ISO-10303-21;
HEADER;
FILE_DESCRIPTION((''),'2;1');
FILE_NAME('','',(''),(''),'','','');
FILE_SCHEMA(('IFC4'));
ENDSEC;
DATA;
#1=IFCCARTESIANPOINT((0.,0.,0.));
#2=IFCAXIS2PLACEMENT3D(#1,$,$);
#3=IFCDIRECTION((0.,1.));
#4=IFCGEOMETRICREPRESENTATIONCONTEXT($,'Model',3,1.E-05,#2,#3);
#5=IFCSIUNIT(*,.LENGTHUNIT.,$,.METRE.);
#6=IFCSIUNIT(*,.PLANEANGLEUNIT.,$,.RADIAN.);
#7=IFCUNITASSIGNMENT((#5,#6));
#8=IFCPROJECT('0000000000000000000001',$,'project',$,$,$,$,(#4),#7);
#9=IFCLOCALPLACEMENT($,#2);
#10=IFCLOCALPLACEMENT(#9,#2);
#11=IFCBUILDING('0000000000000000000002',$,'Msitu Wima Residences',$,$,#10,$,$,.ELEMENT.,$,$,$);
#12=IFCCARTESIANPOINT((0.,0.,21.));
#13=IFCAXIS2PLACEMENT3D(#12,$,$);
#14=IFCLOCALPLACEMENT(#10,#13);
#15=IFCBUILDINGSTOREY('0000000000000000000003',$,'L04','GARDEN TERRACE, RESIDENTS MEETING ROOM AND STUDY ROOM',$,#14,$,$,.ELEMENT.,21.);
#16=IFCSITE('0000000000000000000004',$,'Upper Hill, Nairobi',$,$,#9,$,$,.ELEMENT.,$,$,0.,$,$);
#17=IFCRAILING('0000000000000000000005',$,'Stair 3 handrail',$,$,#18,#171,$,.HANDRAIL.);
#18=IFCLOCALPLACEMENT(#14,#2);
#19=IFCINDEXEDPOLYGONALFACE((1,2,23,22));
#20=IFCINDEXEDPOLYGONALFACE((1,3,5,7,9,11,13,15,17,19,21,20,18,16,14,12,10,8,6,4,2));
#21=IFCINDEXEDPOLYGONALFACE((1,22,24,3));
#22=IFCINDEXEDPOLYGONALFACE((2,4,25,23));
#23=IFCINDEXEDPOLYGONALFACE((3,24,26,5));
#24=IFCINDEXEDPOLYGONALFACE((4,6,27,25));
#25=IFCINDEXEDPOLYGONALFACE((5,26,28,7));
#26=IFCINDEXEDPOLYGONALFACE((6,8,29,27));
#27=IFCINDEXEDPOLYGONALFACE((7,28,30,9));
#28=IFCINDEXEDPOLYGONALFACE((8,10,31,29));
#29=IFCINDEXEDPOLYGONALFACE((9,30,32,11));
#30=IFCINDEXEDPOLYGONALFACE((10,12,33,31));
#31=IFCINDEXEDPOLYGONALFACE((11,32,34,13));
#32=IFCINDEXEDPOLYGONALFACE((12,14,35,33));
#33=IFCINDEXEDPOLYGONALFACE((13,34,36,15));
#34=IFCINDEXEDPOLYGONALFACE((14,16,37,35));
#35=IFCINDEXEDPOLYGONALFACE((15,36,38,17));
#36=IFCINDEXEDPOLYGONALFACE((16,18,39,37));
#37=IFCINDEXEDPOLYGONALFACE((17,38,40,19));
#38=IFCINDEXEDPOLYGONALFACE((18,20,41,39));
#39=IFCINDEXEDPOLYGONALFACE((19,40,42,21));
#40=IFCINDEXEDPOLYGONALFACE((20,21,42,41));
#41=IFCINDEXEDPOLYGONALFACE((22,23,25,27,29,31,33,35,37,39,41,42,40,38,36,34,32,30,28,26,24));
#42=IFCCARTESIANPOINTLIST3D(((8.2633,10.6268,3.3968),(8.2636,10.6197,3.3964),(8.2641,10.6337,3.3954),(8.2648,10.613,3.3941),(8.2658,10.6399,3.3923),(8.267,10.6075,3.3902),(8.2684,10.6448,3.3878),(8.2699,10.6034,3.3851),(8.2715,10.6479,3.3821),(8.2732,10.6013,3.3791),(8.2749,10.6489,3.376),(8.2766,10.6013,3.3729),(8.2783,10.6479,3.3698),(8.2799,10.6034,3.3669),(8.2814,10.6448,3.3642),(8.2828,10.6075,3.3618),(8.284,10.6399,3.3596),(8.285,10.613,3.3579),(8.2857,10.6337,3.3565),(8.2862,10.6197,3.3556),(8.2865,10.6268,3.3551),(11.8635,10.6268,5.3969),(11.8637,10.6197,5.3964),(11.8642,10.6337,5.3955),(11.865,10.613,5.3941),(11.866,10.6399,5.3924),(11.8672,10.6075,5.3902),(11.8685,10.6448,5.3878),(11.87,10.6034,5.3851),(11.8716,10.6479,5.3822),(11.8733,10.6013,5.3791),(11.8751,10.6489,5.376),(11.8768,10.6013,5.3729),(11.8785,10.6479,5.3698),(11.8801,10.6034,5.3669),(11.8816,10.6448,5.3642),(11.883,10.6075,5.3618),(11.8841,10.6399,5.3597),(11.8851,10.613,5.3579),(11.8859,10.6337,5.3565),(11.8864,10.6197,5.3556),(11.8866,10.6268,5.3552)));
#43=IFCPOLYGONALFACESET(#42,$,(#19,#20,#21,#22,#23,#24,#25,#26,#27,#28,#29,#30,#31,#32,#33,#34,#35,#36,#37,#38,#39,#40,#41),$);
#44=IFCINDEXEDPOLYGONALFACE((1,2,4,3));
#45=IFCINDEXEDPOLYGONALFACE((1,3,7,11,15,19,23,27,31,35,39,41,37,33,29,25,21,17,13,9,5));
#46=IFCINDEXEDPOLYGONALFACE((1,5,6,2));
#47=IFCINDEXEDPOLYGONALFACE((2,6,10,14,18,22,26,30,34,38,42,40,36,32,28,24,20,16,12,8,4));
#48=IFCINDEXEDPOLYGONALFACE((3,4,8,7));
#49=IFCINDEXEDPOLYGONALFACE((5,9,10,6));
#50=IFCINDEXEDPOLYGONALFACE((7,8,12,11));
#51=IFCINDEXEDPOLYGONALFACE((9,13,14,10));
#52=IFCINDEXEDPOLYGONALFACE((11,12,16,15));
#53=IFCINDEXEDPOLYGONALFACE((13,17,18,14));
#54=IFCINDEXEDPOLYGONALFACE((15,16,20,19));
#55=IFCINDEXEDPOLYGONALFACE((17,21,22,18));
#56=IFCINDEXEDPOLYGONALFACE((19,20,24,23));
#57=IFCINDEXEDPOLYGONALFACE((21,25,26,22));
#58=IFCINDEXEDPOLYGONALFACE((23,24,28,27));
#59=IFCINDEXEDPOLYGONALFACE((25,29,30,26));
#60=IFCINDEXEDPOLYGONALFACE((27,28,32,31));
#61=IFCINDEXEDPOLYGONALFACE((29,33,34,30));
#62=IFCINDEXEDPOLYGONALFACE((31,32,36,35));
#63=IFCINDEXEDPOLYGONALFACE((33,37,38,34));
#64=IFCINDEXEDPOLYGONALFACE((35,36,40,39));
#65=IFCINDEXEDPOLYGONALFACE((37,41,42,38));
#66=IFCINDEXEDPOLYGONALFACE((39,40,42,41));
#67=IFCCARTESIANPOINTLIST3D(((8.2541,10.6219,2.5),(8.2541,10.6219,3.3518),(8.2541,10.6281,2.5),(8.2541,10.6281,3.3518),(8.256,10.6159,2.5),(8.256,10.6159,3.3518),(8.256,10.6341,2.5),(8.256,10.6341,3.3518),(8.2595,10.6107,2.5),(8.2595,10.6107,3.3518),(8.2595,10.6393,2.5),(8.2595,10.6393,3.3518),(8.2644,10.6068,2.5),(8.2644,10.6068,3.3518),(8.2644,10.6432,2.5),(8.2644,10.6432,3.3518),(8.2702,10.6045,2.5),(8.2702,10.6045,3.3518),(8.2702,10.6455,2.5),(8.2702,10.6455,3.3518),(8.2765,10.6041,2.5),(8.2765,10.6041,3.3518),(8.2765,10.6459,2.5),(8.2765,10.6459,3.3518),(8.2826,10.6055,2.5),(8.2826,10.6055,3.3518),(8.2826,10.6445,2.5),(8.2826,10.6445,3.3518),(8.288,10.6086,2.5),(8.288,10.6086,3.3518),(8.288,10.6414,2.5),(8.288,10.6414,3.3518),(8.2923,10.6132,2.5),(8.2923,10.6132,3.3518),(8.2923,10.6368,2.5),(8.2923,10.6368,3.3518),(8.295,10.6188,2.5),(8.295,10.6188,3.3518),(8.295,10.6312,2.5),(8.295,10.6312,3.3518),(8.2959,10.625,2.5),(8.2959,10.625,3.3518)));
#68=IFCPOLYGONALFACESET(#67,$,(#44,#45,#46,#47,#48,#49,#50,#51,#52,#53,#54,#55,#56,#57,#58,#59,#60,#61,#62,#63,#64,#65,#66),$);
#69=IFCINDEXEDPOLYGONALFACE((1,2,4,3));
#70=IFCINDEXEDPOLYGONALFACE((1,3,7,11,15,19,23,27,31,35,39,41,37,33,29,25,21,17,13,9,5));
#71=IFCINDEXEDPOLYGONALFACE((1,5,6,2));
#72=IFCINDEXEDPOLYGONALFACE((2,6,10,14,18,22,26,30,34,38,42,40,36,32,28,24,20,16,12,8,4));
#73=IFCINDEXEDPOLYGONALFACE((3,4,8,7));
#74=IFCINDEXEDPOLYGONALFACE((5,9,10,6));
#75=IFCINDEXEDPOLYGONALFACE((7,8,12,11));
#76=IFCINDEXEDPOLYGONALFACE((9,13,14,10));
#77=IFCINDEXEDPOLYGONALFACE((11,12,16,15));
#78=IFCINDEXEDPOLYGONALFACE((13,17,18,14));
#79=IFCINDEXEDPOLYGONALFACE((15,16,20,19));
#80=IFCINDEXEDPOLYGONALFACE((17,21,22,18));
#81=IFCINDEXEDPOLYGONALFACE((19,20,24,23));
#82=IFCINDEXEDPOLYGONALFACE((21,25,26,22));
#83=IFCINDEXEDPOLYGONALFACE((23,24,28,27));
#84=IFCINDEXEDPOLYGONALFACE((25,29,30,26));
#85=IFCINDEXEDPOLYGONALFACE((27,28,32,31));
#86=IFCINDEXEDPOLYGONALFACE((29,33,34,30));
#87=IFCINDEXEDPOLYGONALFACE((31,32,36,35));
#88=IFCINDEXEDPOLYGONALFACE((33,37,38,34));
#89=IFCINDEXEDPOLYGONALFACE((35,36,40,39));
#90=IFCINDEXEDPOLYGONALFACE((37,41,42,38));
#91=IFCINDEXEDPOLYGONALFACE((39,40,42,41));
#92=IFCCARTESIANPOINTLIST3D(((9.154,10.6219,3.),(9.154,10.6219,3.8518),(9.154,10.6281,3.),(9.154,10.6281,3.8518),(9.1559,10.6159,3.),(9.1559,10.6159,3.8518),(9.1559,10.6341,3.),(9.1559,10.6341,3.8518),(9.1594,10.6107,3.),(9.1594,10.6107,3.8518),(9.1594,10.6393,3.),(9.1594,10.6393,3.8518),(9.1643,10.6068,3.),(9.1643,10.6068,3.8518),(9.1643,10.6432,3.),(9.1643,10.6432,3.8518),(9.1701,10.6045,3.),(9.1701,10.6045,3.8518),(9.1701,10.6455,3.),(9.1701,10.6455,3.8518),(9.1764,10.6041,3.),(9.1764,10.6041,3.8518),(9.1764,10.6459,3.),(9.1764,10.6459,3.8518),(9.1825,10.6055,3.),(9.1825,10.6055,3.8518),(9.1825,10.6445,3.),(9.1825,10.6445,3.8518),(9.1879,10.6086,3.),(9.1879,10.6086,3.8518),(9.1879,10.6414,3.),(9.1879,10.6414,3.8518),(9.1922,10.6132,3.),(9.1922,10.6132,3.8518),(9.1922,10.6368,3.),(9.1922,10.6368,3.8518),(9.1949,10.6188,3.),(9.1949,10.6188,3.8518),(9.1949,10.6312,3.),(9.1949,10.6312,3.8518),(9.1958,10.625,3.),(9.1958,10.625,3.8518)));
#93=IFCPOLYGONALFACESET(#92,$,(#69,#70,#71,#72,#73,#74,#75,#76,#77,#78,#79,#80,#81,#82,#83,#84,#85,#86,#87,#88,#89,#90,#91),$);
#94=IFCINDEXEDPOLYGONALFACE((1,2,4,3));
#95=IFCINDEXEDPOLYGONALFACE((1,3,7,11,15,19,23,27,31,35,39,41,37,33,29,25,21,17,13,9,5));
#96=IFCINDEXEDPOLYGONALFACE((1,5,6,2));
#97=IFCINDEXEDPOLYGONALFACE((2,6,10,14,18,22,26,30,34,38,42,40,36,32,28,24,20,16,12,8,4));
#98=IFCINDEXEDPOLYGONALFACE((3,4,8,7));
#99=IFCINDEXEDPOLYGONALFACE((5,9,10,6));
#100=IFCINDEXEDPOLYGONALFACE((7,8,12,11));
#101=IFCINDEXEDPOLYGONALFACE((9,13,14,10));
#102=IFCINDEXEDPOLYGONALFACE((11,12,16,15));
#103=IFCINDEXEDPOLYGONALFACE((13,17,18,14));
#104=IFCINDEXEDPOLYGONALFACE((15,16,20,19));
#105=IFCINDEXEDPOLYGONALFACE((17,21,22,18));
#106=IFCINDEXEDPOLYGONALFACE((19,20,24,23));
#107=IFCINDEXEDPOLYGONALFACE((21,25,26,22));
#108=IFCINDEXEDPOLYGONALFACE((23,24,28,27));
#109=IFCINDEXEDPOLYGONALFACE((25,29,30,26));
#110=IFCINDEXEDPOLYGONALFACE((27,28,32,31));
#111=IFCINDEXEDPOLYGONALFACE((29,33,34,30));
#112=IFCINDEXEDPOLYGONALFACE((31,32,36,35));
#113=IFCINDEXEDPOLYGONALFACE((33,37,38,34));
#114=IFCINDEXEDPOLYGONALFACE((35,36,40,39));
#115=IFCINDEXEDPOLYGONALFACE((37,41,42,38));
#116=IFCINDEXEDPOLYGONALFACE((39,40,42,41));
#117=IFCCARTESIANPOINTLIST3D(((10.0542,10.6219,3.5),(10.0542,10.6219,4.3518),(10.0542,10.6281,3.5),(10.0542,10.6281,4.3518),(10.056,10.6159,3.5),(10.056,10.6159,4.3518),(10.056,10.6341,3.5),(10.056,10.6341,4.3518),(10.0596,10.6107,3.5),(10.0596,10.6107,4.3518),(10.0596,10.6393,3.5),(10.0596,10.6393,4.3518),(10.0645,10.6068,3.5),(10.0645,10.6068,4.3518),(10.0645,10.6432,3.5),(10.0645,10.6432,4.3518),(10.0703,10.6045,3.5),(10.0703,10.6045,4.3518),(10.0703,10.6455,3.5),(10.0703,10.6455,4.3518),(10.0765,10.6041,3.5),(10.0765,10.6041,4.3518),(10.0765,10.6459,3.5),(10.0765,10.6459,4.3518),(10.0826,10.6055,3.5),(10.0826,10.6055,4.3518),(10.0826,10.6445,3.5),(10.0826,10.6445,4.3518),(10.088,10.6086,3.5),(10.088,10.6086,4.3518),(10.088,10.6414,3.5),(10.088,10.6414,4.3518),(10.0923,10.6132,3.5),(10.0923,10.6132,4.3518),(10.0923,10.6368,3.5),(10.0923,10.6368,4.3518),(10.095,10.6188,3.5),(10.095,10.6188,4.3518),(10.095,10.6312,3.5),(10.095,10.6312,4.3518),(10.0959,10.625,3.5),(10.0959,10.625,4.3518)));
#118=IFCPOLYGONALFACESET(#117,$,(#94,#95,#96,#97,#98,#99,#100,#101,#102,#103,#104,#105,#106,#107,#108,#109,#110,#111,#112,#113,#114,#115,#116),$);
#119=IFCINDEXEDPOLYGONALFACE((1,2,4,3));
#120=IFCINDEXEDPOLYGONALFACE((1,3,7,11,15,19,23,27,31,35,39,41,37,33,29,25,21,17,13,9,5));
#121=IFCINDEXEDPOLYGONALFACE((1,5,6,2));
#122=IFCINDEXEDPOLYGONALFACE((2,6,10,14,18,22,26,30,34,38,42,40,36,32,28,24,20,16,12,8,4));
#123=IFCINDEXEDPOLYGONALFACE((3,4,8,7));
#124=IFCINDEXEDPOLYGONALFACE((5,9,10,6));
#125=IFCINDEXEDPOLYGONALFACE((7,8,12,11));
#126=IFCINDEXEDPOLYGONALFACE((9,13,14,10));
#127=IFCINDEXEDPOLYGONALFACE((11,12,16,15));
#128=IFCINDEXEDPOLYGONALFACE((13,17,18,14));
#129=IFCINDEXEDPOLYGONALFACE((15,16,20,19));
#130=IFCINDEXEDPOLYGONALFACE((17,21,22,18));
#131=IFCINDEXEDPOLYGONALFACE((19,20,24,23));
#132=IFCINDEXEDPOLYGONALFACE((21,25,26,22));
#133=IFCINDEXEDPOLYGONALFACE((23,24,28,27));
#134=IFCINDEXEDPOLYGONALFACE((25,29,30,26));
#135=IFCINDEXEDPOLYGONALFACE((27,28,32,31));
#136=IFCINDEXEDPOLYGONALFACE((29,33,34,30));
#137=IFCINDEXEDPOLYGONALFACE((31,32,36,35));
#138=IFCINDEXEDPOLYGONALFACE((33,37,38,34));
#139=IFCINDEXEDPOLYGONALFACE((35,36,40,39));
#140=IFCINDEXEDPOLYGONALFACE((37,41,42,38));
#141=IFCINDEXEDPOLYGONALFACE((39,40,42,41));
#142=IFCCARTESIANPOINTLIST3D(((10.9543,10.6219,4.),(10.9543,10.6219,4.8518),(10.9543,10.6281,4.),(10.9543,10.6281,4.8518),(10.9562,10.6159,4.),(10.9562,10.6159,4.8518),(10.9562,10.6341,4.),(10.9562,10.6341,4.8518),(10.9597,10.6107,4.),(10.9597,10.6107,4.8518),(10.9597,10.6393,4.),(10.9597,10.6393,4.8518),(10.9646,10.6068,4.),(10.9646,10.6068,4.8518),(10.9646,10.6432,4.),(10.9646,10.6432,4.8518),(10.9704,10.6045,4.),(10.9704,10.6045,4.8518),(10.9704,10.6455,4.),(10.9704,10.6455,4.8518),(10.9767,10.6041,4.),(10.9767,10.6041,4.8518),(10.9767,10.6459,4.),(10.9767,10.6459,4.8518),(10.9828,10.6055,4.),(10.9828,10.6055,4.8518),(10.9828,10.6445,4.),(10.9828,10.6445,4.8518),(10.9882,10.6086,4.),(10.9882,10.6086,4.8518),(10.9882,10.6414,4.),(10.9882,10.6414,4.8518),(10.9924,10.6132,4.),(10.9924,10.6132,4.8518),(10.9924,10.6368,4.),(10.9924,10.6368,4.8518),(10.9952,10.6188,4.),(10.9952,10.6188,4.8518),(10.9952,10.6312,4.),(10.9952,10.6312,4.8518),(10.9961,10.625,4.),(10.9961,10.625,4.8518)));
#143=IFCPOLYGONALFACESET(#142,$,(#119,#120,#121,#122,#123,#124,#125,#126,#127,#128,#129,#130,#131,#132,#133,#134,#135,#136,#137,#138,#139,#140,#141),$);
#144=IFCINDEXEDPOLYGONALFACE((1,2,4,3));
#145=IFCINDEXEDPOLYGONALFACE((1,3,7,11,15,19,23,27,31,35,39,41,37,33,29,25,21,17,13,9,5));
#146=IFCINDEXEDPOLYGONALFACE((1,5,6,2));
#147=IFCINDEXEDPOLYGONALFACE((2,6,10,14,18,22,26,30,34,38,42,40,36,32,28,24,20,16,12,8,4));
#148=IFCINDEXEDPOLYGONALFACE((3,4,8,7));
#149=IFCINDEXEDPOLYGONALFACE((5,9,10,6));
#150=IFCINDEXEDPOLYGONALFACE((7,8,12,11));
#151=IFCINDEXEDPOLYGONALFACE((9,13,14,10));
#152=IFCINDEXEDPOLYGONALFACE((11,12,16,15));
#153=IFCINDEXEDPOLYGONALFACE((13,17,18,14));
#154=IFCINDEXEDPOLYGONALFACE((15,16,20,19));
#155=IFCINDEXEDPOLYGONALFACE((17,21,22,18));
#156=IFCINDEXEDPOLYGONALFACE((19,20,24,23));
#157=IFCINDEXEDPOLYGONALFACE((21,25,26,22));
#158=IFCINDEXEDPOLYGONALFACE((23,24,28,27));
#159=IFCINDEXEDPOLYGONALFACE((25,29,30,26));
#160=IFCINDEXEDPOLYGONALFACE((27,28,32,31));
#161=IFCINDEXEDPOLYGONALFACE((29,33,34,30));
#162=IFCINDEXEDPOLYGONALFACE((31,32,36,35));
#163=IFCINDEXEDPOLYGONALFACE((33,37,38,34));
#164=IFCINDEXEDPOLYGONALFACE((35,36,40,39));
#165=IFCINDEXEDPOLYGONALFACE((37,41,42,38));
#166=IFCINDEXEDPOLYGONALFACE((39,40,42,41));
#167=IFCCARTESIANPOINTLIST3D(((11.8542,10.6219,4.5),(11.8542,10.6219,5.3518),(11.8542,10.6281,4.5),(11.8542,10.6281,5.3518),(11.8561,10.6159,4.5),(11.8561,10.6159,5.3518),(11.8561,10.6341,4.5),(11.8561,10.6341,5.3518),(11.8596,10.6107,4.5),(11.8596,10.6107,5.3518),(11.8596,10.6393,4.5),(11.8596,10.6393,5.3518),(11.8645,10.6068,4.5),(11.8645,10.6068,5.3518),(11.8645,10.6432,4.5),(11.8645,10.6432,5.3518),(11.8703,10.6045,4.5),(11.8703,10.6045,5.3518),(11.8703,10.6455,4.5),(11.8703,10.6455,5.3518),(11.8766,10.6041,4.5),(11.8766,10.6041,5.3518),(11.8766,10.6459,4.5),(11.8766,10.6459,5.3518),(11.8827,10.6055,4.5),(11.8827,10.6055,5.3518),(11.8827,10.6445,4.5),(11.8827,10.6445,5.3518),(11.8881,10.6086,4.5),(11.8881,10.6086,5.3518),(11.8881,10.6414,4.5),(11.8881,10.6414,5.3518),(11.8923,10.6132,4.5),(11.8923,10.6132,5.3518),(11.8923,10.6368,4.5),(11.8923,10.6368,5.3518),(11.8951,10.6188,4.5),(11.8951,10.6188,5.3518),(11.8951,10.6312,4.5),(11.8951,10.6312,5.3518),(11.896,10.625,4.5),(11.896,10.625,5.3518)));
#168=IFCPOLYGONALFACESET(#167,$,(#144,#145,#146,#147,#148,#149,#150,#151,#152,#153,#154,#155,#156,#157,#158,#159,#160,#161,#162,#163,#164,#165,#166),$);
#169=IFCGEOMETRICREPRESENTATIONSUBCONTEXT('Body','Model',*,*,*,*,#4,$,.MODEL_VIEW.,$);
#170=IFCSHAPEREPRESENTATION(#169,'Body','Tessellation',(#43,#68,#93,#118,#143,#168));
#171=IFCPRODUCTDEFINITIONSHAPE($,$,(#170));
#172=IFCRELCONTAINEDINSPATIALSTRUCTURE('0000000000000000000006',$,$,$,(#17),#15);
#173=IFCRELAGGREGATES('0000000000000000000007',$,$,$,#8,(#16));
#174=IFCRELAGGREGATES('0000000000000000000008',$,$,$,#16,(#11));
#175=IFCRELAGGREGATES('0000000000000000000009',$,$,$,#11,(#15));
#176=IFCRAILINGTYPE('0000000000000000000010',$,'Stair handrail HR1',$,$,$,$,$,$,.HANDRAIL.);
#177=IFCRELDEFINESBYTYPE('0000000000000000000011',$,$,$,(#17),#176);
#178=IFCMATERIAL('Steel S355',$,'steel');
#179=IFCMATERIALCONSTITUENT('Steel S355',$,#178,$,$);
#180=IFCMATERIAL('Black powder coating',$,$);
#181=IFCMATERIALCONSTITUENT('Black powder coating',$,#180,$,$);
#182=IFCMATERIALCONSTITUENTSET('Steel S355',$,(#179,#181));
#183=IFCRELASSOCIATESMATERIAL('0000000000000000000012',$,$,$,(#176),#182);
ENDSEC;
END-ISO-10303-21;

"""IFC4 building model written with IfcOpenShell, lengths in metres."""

from ifc_helpers import new_model, si_unit, direction, frame, origin, origin_2d, place, context, subcontext, project, spatial, circle, extrude, material, constituent, constituent_set, type_object, element, save


model = new_model("IFC4")

# Units and contexts
model_context = context("Model", 3, precision=1e-05, world=origin(), true_north=direction((0.0, 1.0)))
body_context = subcontext(model_context, "Body", "Model", "MODEL_VIEW")
ifc_project = project(units=[si_unit("LENGTHUNIT", "METRE"), si_unit("PLANEANGLEUNIT", "RADIAN")], contexts=[model_context])

# Site, building, storey
site_placement = place(None, origin())
site = spatial("IfcSite", under=ifc_project, at=site_placement, Name="Upper Hill, Nairobi", CompositionType="ELEMENT", RefElevation=0.0)
building_placement = place(site_placement, origin())
building = spatial("IfcBuilding", under=site, at=building_placement, Name="Msitu Wima Residences", CompositionType="ELEMENT")
storey_placement = place(building_placement, frame((0.0, 0.0, 21.0)))
storey = spatial("IfcBuildingStorey", under=building, at=storey_placement, Name="L04", Description="GARDEN TERRACE, RESIDENTS MEETING ROOM AND STUDY ROOM", CompositionType="ELEMENT", Elevation=21.0)

# Railing
ifc_material_1 = material(Name="Steel S355", Category="steel")
ifc_constituent_1 = constituent(ifc_material_1, Name="Steel S355")
ifc_material_2 = material(Name="Black powder coating")
ifc_constituent_2 = constituent(ifc_material_2, Name="Black powder coating")
ifc_constituent_set_1 = constituent_set(constituents=[ifc_constituent_1, ifc_constituent_2], Name="Steel S355")
railing_type_1 = type_object("IfcRailingType", Name="Stair handrail HR1", PredefinedType="HANDRAIL", material=ifc_constituent_set_1)
for number, where, name in (
    (1, (8.2749, 10.625, 2.5), "Stair 3 handrail"),
):
    element("IfcRailing", number, at=place(storey_placement, frame(where)), inside=storey, type_object=railing_type_1, Name=name, PredefinedType="HANDRAIL", context=body_context, shape_type="SweptSolid", body=[
        extrude(circle(Radius=0.0239, at=origin_2d()), frame((0.0, 0.0, 0.876), z_axis=(0.874163, 0.0, 0.485633), x_axis=(0.0, 1.0, 0.0)), (0.0, 0.0, 1.0), 4.1184),
        extrude(circle(Radius=0.021, at=origin_2d()), origin(), (0.0, 0.0, 1.0), 0.8518),
        extrude(circle(Radius=0.021, at=origin_2d()), frame((0.8999, 0.0, 0.5)), (0.0, 0.0, 1.0), 0.8518),
        extrude(circle(Radius=0.021, at=origin_2d()), frame((1.8, 0.0, 1.0)), (0.0, 0.0, 1.0), 0.8518),
        extrude(circle(Radius=0.021, at=origin_2d()), frame((2.7002, 0.0, 1.5)), (0.0, 0.0, 1.0), 0.8518),
        extrude(circle(Radius=0.021, at=origin_2d()), frame((3.6001, 0.0, 2.0)), (0.0, 0.0, 1.0), 0.8518),
    ])

save(model, "model.ifc")
